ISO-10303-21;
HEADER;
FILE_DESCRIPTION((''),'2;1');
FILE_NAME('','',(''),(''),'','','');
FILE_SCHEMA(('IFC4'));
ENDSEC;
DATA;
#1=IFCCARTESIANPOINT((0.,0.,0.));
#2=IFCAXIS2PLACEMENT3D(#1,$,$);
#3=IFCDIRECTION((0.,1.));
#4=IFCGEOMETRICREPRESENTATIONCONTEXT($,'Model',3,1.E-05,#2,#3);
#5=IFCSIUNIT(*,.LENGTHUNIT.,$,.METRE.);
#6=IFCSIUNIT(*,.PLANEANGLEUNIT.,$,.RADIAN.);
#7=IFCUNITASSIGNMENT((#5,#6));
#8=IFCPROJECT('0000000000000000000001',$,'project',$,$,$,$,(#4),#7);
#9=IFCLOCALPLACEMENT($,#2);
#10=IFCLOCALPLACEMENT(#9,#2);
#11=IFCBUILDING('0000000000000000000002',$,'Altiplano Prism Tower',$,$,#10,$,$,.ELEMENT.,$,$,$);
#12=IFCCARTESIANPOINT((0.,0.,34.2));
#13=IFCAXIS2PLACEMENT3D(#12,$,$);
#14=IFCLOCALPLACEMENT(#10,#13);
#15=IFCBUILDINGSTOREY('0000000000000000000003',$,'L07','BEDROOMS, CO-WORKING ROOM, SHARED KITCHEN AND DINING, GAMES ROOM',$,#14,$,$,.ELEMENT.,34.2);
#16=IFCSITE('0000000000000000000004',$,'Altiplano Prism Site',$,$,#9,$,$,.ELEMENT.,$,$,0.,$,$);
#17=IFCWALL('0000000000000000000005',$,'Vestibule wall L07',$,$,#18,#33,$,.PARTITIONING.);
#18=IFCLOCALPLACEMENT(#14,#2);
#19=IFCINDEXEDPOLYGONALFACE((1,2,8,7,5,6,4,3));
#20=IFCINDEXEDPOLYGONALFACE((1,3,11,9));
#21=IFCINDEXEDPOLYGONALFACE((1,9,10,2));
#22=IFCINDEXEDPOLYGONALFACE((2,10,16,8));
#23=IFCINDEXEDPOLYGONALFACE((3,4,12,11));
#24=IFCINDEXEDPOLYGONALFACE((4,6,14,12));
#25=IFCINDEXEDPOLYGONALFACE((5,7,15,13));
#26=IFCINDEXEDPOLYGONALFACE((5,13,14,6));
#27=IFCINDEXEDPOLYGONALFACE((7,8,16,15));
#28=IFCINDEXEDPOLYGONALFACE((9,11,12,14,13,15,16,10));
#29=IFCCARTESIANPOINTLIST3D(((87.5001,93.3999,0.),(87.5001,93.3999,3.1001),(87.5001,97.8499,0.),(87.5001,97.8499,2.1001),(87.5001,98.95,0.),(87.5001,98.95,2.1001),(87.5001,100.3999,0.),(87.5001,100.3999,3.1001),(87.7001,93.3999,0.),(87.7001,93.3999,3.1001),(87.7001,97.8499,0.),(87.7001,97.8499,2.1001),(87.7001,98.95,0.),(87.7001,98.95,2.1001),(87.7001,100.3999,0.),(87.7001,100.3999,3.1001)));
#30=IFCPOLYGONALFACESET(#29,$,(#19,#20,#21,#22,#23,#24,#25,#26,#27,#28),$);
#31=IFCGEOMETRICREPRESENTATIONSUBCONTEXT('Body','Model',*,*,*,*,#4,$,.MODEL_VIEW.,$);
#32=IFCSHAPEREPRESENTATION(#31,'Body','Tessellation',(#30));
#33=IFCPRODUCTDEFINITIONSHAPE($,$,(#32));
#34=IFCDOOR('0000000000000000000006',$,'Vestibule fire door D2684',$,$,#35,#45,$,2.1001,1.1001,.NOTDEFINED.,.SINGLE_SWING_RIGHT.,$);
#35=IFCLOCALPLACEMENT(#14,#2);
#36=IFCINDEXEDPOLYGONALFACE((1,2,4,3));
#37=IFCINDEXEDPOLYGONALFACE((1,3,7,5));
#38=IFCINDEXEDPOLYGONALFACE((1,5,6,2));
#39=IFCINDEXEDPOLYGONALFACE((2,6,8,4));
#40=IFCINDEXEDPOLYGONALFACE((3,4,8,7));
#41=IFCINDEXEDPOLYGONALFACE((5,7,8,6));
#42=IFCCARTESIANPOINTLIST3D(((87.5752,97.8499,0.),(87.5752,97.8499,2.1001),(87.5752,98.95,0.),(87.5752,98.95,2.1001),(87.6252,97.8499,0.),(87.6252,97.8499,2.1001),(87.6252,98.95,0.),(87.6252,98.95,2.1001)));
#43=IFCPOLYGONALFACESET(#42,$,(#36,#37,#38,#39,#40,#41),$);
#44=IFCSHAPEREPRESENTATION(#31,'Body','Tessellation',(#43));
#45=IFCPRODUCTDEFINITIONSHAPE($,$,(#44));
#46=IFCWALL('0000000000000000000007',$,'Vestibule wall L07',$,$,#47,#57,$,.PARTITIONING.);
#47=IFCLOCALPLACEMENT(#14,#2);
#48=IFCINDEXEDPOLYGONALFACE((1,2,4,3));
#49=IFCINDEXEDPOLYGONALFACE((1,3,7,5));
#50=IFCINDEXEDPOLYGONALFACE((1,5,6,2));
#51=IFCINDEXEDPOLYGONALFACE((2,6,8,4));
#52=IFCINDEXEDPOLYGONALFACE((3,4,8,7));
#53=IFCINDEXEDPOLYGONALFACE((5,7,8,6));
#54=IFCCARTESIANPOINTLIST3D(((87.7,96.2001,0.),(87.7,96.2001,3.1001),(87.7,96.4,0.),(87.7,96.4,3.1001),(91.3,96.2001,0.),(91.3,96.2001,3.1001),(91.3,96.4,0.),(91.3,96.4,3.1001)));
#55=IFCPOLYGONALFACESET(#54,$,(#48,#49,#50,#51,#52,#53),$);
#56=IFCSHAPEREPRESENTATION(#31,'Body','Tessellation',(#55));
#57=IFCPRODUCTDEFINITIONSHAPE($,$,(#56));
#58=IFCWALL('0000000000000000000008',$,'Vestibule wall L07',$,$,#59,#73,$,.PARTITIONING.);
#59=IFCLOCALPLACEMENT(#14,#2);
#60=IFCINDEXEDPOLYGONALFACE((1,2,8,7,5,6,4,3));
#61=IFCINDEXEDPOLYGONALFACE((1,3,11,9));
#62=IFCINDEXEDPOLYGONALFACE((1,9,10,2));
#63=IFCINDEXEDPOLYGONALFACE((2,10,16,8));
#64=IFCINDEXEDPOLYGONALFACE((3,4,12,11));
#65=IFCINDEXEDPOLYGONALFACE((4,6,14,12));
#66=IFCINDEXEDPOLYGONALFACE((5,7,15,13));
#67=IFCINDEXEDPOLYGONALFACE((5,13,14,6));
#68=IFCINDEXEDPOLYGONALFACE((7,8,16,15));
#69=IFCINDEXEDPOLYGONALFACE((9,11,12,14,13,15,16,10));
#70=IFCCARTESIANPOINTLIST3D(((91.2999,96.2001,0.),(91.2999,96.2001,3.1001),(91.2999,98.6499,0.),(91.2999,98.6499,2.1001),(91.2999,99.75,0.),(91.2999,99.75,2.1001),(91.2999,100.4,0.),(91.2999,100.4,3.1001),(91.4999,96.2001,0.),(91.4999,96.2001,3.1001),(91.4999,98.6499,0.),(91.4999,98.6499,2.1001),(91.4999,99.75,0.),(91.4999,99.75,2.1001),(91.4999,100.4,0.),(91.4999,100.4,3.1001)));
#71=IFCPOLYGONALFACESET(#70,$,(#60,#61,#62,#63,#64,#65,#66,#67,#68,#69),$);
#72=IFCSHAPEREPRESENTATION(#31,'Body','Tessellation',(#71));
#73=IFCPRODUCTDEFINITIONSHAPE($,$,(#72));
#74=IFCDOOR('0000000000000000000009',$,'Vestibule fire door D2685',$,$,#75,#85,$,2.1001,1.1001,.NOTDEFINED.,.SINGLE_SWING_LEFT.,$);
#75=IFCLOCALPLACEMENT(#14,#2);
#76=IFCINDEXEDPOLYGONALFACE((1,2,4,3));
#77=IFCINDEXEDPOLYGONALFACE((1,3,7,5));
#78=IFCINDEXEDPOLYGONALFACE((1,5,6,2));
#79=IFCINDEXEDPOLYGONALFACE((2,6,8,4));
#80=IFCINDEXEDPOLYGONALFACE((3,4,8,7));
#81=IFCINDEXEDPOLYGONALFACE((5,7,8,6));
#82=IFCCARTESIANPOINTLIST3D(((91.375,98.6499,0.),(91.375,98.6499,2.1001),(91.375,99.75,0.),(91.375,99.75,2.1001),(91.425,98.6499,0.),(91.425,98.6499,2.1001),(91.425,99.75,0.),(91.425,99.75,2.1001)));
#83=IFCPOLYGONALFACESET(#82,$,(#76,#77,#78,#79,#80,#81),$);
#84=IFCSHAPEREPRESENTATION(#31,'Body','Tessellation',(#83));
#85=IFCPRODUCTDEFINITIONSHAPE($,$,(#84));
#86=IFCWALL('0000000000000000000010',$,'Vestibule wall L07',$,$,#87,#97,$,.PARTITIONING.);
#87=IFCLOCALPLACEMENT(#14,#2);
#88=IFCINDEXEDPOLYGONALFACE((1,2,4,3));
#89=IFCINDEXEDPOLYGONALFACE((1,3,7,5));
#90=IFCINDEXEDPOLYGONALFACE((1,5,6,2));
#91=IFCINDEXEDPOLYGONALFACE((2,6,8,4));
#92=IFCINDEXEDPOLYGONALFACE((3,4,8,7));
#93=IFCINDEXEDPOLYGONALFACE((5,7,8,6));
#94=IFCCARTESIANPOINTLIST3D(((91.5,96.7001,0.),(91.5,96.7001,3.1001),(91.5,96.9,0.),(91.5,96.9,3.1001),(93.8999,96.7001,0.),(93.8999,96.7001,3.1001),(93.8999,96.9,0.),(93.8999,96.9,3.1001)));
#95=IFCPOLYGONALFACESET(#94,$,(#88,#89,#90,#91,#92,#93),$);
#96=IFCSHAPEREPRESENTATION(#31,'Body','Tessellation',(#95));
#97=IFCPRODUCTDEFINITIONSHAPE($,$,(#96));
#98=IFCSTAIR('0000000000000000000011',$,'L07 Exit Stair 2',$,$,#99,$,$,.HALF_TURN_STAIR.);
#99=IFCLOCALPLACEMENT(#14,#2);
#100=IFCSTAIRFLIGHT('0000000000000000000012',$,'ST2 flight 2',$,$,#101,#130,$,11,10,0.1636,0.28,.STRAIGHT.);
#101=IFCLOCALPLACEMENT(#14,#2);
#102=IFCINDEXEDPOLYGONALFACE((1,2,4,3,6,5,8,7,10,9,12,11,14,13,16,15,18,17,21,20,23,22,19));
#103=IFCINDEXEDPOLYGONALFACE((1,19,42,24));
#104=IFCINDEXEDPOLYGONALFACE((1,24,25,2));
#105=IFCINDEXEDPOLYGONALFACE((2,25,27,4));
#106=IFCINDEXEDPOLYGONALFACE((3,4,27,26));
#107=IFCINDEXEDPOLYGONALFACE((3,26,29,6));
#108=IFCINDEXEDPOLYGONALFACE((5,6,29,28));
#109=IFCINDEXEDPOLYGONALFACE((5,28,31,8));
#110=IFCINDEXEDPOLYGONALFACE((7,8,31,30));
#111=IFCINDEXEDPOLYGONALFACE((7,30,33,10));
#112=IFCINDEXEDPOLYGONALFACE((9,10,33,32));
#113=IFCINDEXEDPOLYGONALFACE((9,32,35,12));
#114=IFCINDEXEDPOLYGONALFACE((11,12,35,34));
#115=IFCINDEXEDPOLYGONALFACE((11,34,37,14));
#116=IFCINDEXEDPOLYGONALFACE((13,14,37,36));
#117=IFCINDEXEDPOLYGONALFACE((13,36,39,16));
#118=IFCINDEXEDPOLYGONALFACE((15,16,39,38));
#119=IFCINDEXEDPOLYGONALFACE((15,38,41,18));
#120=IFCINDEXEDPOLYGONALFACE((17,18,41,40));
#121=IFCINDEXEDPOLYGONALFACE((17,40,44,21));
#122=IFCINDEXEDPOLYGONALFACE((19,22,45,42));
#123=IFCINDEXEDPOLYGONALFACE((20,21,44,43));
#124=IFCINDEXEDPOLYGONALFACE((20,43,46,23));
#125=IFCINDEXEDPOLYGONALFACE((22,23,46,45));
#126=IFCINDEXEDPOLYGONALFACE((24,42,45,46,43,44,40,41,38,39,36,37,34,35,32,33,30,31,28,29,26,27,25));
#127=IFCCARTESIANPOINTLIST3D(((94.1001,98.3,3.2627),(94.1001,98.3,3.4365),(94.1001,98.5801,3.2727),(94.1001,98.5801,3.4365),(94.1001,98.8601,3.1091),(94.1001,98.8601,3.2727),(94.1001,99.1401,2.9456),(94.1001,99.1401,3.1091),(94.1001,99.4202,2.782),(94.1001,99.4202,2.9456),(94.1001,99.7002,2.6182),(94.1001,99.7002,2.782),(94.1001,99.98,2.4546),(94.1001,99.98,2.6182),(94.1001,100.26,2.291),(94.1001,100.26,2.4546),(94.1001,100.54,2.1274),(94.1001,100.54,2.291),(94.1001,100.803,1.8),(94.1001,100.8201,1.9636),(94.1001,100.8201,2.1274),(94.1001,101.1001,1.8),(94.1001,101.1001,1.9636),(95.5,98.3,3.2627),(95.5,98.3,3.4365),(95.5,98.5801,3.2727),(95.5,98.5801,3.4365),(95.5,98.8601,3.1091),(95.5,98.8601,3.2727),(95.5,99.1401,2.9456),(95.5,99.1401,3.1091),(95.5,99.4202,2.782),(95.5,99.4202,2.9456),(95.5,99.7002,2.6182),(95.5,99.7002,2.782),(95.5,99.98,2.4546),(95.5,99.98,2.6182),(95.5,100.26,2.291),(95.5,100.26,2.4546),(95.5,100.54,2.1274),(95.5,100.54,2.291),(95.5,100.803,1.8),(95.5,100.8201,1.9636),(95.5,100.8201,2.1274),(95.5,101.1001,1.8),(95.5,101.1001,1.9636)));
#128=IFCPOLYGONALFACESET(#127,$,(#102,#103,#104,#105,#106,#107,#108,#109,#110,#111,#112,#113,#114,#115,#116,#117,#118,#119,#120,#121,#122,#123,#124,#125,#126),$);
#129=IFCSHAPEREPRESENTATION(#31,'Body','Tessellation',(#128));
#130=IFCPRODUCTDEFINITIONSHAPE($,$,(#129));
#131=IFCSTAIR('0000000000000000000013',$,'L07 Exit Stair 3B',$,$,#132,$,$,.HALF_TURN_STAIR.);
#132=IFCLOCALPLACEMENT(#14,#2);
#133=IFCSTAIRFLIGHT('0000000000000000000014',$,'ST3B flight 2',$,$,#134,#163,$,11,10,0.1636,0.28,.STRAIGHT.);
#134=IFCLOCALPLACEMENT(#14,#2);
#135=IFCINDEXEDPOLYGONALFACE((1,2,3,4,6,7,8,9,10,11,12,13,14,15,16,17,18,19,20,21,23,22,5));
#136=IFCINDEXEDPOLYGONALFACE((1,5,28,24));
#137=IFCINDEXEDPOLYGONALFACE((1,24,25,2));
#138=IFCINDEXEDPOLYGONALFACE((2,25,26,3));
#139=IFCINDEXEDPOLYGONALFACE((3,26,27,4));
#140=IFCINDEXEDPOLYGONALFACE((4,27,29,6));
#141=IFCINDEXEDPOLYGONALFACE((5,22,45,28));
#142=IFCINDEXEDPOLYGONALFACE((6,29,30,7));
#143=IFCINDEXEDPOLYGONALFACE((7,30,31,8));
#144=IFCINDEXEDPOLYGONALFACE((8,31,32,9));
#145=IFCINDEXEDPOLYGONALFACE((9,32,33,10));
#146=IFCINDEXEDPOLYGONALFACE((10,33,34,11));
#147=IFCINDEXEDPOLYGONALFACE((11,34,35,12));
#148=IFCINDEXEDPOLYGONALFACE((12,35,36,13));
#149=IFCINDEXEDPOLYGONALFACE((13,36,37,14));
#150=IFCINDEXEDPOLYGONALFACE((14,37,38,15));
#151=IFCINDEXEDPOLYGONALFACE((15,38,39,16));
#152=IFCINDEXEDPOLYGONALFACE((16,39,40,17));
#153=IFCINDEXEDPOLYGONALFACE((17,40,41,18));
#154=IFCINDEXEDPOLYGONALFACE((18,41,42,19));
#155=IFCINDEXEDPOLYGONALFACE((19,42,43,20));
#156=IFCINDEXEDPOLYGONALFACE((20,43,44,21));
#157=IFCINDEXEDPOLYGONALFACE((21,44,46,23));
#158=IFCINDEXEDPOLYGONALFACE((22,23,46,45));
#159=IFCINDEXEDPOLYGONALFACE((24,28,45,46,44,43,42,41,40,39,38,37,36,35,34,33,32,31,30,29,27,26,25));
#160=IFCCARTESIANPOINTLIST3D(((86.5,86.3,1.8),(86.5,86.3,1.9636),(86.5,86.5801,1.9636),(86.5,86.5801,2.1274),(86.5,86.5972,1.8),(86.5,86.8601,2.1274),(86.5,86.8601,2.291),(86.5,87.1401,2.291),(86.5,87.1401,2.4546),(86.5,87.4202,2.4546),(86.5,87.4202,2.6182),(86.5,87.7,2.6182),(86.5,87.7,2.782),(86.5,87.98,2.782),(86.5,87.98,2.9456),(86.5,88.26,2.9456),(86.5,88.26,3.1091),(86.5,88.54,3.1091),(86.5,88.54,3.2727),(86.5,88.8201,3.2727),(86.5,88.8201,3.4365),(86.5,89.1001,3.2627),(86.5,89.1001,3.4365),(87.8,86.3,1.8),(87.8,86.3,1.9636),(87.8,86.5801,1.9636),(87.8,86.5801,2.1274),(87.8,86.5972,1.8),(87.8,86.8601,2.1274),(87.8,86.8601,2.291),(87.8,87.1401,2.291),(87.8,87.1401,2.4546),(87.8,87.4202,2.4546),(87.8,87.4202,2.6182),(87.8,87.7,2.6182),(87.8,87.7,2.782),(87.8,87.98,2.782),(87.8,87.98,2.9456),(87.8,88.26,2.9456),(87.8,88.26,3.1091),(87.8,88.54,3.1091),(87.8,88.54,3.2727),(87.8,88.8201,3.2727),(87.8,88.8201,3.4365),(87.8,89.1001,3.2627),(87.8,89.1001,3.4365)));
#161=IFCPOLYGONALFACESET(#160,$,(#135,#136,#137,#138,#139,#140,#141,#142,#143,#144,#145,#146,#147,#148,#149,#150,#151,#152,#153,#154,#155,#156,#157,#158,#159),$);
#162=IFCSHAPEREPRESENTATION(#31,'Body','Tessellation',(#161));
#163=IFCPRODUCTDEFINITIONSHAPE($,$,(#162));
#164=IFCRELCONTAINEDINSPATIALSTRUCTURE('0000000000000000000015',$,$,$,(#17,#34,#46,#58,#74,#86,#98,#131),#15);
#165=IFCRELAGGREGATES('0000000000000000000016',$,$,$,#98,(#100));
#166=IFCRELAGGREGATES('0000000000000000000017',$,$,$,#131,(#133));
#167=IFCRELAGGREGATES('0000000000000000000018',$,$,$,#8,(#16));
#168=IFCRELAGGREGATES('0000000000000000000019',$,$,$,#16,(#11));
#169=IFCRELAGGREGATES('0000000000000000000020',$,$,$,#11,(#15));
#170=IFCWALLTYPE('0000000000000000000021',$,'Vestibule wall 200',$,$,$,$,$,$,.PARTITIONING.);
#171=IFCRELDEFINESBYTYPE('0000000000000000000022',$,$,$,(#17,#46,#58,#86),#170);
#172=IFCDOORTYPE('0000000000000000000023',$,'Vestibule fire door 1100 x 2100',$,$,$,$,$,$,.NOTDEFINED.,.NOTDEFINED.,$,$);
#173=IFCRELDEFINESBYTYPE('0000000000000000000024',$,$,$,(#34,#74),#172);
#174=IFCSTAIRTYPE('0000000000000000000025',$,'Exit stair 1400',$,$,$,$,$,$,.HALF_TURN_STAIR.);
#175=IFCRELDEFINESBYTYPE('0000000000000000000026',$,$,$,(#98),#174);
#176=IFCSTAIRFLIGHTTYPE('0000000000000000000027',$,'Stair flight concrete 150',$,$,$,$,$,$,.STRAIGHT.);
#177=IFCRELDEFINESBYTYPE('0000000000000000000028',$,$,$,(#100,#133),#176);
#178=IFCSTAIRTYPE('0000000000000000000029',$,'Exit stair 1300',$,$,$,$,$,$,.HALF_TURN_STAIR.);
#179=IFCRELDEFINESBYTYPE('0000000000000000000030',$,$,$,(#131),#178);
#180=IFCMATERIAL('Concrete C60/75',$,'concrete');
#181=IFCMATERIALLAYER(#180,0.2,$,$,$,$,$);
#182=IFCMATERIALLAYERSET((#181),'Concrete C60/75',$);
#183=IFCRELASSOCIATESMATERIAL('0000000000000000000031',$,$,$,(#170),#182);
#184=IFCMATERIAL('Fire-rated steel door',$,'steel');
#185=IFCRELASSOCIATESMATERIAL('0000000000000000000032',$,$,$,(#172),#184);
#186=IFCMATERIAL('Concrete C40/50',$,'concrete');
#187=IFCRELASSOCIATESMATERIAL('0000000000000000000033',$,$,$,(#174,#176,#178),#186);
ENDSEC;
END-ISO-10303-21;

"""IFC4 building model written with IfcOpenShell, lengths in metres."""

from ifc_helpers import new_model, si_unit, direction, frame, frame_2d, origin, place, context, subcontext, project, spatial, polyline, rectangle, outline, extrude, material, layer, layer_set, type_object, element, fill, aggregate, save


model = new_model("IFC4")

# Units and contexts
model_context = context("Model", 3, precision=1e-05, world=origin(), true_north=direction((0.0, 1.0)))
body_context = subcontext(model_context, "Body", "Model", "MODEL_VIEW")
ifc_project = project(units=[si_unit("LENGTHUNIT", "METRE"), si_unit("PLANEANGLEUNIT", "RADIAN")], contexts=[model_context])

# Site, building, storey
site_placement = place(None, origin())
site = spatial("IfcSite", under=ifc_project, at=site_placement, Name="Altiplano Prism Site", CompositionType="ELEMENT", RefElevation=0.0)
building_placement = place(site_placement, origin())
building = spatial("IfcBuilding", under=site, at=building_placement, Name="Altiplano Prism Tower", CompositionType="ELEMENT")
storey_placement = place(building_placement, frame((0.0, 0.0, 34.2)))
storey = spatial("IfcBuildingStorey", under=building, at=storey_placement, Name="L07", Description="BEDROOMS, CO-WORKING ROOM, SHARED KITCHEN AND DINING, GAMES ROOM", CompositionType="ELEMENT", Elevation=34.2)

# Shared definitions
ifc_material_1 = material(Name="Concrete C60/75", Category="concrete")

# Shared definitions
ifc_material_2 = material(Name="Fire-rated steel door", Category="steel")

# Wall, opening, door
ifc_layer_1 = layer(ifc_material_1, 0.2)
ifc_layer_set_1 = layer_set([ifc_layer_1], Name="Concrete C60/75")
wall_type_1 = type_object("IfcWallType", Name="Vestibule wall 200", PredefinedType="PARTITIONING", material=ifc_layer_set_1)
wall_1_placement = place(storey_placement, frame((87.6001, 93.3999, 0.0), z_axis=(0.0, 0.0, 1.0), x_axis=(0.0, 1.0, 0.0)))
wall_1 = element("IfcWall", 1, at=wall_1_placement, inside=storey, type_object=wall_type_1, Name="Vestibule wall L07", PredefinedType="PARTITIONING", context=body_context, shape_type="SweptSolid", body=[
    extrude(rectangle(XDim=7.0, YDim=0.2, at=frame_2d((3.5, 0.0))), origin(), (0.0, 0.0, 1.0), 3.1001),
])
opening_1_placement = place(wall_1_placement, frame((4.45, 0.0, 0.0)))
opening_1 = element("IfcOpeningElement", 2, at=opening_1_placement, cuts=wall_1, PredefinedType="OPENING", context=body_context, shape_type="SweptSolid", body=[
    extrude(rectangle(XDim=1.1001, YDim=2.1001, at=frame_2d((0.55, 1.05))), frame((0.0, 0.1104, 0.0), z_axis=(0.0, -1.0, 0.0), x_axis=(1.0, 0.0, 0.0)), (0.0, 0.0, 1.0), 0.2209),
])
door_type_1 = type_object("IfcDoorType", Name="Vestibule fire door 1100 x 2100", OperationType="NOTDEFINED", PredefinedType="NOTDEFINED", material=ifc_material_2)
door_1_placement = place(opening_1_placement, origin())
door_1 = element("IfcDoor", 3, at=door_1_placement, inside=storey, type_object=door_type_1, Name="Vestibule fire door D2684", OperationType="SINGLE_SWING_RIGHT", OverallHeight=2.1001, OverallWidth=1.1001, PredefinedType="NOTDEFINED", context=body_context, shape_type="SweptSolid", body=[
    extrude(rectangle(XDim=1.1001, YDim=2.1001, at=frame_2d((0.55, 1.05))), frame((0.0, 0.0249, 0.0), z_axis=(0.0, -1.0, 0.0), x_axis=(1.0, 0.0, 0.0)), (0.0, 0.0, 1.0), 0.05),
])
fill(opening_1, door_1)

# Wall
wall_2_placement = place(storey_placement, frame((87.7, 96.3, 0.0), z_axis=(0.0, 0.0, 1.0), x_axis=(1.0, 0.0, 0.0)))
element("IfcWall", 4, at=wall_2_placement, inside=storey, type_object=wall_type_1, Name="Vestibule wall L07", PredefinedType="PARTITIONING", context=body_context, shape_type="SweptSolid", body=[
    extrude(rectangle(XDim=3.6001, YDim=0.2, at=frame_2d((1.8, 0.0))), origin(), (0.0, 0.0, 1.0), 3.1001),
])

# Wall, opening, door
wall_3_placement = place(storey_placement, frame((91.3999, 96.2, 0.0), z_axis=(0.0, 0.0, 1.0), x_axis=(0.0, 1.0, 0.0)))
wall_3 = element("IfcWall", 5, at=wall_3_placement, inside=storey, type_object=wall_type_1, Name="Vestibule wall L07", PredefinedType="PARTITIONING", context=body_context, shape_type="SweptSolid", body=[
    extrude(rectangle(XDim=4.2, YDim=0.2, at=frame_2d((2.1001, 0.0))), origin(), (0.0, 0.0, 1.0), 3.1001),
])
opening_2_placement = place(wall_3_placement, frame((2.45, 0.0, 0.0)))
opening_2 = element("IfcOpeningElement", 6, at=opening_2_placement, cuts=wall_3, PredefinedType="OPENING", context=body_context, shape_type="SweptSolid", body=[
    extrude(rectangle(XDim=1.1001, YDim=2.1001, at=frame_2d((0.55, 1.05))), frame((0.0, 0.1104, 0.0), z_axis=(0.0, -1.0, 0.0), x_axis=(1.0, 0.0, 0.0)), (0.0, 0.0, 1.0), 0.2209),
])
door_2_placement = place(opening_2_placement, origin())
door_2 = element("IfcDoor", 7, at=door_2_placement, inside=storey, type_object=door_type_1, Name="Vestibule fire door D2685", OperationType="SINGLE_SWING_LEFT", OverallHeight=2.1001, OverallWidth=1.1001, PredefinedType="NOTDEFINED", context=body_context, shape_type="SweptSolid", body=[
    extrude(rectangle(XDim=1.1001, YDim=2.1001, at=frame_2d((0.55, 1.05))), frame((0.0, 0.0249, 0.0), z_axis=(0.0, -1.0, 0.0), x_axis=(1.0, 0.0, 0.0)), (0.0, 0.0, 1.0), 0.05),
])
fill(opening_2, door_2)

# Wall
wall_4_placement = place(storey_placement, frame((91.5, 96.8, 0.0), z_axis=(0.0, 0.0, 1.0), x_axis=(1.0, 0.0, 0.0)))
element("IfcWall", 8, at=wall_4_placement, inside=storey, type_object=wall_type_1, Name="Vestibule wall L07", PredefinedType="PARTITIONING", context=body_context, shape_type="SweptSolid", body=[
    extrude(rectangle(XDim=2.3999, YDim=0.2, at=frame_2d((1.2, 0.0))), origin(), (0.0, 0.0, 1.0), 3.1001),
])

# Stairs, stair flights
ifc_material_3 = material(Name="Concrete C40/50", Category="concrete")
stair_type_1 = type_object("IfcStairType", Name="Exit stair 1400", PredefinedType="HALF_TURN_STAIR", material=ifc_material_3)
stair_1_placement = place(storey_placement, origin())
stair_1 = element("IfcStair", 9, at=stair_1_placement, inside=storey, type_object=stair_type_1, Name="L07 Exit Stair 2", PredefinedType="HALF_TURN_STAIR")
stair_flight_type = type_object("IfcStairFlightType", Name="Stair flight concrete 150", PredefinedType="STRAIGHT", material=ifc_material_3)
stair_flight_1_placement = place(storey_placement, frame((94.8, 101.1001, 1.8), z_axis=(0.0, 0.0, 1.0), x_axis=(0.0, -1.0, 0.0)))
stair_flight_1 = element("IfcStairFlight", 10, at=stair_flight_1_placement, type_object=stair_flight_type, Name="ST2 flight 2", NumberOfRisers=11, NumberOfTreads=10, PredefinedType="STRAIGHT", RiserHeight=0.1636, TreadLength=0.28, context=body_context, shape_type="SweptSolid", body=[
    extrude(outline(polyline([(0.0, 0.0), (0.0, 0.1636), (0.28, 0.1636), (0.28, 0.3274), (0.5601, 0.3274), (0.5601, 0.491), (0.8401, 0.491), (0.8401, 0.6545), (1.1201, 0.6545), (1.1201, 0.8181), (1.3999, 0.8181), (1.3999, 0.9819), (1.6799, 0.9819), (1.6799, 1.1455), (1.96, 1.1455), (1.96, 1.3091), (2.24, 1.3091), (2.24, 1.4727), (2.52, 1.4727), (2.52, 1.6365), (2.8, 1.6365), (2.8, 1.8), (2.8, 1.4626), (0.2971, 0.0), (0.0, 0.0)])), frame((0.0, 0.7, 0.0), z_axis=(0.0, -1.0, 0.0), x_axis=(1.0, 0.0, 0.0)), (0.0, 0.0, 1.0), 1.3999),
])
aggregate(stair_1, [stair_flight_1])
stair_type_2 = type_object("IfcStairType", Name="Exit stair 1300", PredefinedType="HALF_TURN_STAIR", material=ifc_material_3)
stair_2_placement = place(storey_placement, origin())
stair_2 = element("IfcStair", 11, at=stair_2_placement, inside=storey, type_object=stair_type_2, Name="L07 Exit Stair 3B", PredefinedType="HALF_TURN_STAIR")
stair_flight_2_placement = place(storey_placement, frame((87.1499, 86.3, 1.8), z_axis=(0.0, 0.0, 1.0), x_axis=(0.0, 1.0, 0.0)))
stair_flight_2 = element("IfcStairFlight", 12, at=stair_flight_2_placement, type_object=stair_flight_type, Name="ST3B flight 2", NumberOfRisers=11, NumberOfTreads=10, PredefinedType="STRAIGHT", RiserHeight=0.1636, TreadLength=0.28, context=body_context, shape_type="SweptSolid", body=[
    extrude(outline(polyline([(0.0, 0.0), (0.0, 0.1636), (0.28, 0.1636), (0.28, 0.3274), (0.5601, 0.3274), (0.5601, 0.491), (0.8401, 0.491), (0.8401, 0.6545), (1.1201, 0.6545), (1.1201, 0.8181), (1.3999, 0.8181), (1.3999, 0.9819), (1.6799, 0.9819), (1.6799, 1.1455), (1.96, 1.1455), (1.96, 1.3091), (2.24, 1.3091), (2.24, 1.4727), (2.52, 1.4727), (2.52, 1.6365), (2.8, 1.6365), (2.8, 1.8), (2.8, 1.4626), (0.2971, 0.0), (0.0, 0.0)])), frame((0.0, 0.6499, 0.0), z_axis=(0.0, -1.0, 0.0), x_axis=(1.0, 0.0, 0.0)), (0.0, 0.0, 1.0), 1.3),
])
aggregate(stair_2, [stair_flight_2])

save(model, "model.ifc")
